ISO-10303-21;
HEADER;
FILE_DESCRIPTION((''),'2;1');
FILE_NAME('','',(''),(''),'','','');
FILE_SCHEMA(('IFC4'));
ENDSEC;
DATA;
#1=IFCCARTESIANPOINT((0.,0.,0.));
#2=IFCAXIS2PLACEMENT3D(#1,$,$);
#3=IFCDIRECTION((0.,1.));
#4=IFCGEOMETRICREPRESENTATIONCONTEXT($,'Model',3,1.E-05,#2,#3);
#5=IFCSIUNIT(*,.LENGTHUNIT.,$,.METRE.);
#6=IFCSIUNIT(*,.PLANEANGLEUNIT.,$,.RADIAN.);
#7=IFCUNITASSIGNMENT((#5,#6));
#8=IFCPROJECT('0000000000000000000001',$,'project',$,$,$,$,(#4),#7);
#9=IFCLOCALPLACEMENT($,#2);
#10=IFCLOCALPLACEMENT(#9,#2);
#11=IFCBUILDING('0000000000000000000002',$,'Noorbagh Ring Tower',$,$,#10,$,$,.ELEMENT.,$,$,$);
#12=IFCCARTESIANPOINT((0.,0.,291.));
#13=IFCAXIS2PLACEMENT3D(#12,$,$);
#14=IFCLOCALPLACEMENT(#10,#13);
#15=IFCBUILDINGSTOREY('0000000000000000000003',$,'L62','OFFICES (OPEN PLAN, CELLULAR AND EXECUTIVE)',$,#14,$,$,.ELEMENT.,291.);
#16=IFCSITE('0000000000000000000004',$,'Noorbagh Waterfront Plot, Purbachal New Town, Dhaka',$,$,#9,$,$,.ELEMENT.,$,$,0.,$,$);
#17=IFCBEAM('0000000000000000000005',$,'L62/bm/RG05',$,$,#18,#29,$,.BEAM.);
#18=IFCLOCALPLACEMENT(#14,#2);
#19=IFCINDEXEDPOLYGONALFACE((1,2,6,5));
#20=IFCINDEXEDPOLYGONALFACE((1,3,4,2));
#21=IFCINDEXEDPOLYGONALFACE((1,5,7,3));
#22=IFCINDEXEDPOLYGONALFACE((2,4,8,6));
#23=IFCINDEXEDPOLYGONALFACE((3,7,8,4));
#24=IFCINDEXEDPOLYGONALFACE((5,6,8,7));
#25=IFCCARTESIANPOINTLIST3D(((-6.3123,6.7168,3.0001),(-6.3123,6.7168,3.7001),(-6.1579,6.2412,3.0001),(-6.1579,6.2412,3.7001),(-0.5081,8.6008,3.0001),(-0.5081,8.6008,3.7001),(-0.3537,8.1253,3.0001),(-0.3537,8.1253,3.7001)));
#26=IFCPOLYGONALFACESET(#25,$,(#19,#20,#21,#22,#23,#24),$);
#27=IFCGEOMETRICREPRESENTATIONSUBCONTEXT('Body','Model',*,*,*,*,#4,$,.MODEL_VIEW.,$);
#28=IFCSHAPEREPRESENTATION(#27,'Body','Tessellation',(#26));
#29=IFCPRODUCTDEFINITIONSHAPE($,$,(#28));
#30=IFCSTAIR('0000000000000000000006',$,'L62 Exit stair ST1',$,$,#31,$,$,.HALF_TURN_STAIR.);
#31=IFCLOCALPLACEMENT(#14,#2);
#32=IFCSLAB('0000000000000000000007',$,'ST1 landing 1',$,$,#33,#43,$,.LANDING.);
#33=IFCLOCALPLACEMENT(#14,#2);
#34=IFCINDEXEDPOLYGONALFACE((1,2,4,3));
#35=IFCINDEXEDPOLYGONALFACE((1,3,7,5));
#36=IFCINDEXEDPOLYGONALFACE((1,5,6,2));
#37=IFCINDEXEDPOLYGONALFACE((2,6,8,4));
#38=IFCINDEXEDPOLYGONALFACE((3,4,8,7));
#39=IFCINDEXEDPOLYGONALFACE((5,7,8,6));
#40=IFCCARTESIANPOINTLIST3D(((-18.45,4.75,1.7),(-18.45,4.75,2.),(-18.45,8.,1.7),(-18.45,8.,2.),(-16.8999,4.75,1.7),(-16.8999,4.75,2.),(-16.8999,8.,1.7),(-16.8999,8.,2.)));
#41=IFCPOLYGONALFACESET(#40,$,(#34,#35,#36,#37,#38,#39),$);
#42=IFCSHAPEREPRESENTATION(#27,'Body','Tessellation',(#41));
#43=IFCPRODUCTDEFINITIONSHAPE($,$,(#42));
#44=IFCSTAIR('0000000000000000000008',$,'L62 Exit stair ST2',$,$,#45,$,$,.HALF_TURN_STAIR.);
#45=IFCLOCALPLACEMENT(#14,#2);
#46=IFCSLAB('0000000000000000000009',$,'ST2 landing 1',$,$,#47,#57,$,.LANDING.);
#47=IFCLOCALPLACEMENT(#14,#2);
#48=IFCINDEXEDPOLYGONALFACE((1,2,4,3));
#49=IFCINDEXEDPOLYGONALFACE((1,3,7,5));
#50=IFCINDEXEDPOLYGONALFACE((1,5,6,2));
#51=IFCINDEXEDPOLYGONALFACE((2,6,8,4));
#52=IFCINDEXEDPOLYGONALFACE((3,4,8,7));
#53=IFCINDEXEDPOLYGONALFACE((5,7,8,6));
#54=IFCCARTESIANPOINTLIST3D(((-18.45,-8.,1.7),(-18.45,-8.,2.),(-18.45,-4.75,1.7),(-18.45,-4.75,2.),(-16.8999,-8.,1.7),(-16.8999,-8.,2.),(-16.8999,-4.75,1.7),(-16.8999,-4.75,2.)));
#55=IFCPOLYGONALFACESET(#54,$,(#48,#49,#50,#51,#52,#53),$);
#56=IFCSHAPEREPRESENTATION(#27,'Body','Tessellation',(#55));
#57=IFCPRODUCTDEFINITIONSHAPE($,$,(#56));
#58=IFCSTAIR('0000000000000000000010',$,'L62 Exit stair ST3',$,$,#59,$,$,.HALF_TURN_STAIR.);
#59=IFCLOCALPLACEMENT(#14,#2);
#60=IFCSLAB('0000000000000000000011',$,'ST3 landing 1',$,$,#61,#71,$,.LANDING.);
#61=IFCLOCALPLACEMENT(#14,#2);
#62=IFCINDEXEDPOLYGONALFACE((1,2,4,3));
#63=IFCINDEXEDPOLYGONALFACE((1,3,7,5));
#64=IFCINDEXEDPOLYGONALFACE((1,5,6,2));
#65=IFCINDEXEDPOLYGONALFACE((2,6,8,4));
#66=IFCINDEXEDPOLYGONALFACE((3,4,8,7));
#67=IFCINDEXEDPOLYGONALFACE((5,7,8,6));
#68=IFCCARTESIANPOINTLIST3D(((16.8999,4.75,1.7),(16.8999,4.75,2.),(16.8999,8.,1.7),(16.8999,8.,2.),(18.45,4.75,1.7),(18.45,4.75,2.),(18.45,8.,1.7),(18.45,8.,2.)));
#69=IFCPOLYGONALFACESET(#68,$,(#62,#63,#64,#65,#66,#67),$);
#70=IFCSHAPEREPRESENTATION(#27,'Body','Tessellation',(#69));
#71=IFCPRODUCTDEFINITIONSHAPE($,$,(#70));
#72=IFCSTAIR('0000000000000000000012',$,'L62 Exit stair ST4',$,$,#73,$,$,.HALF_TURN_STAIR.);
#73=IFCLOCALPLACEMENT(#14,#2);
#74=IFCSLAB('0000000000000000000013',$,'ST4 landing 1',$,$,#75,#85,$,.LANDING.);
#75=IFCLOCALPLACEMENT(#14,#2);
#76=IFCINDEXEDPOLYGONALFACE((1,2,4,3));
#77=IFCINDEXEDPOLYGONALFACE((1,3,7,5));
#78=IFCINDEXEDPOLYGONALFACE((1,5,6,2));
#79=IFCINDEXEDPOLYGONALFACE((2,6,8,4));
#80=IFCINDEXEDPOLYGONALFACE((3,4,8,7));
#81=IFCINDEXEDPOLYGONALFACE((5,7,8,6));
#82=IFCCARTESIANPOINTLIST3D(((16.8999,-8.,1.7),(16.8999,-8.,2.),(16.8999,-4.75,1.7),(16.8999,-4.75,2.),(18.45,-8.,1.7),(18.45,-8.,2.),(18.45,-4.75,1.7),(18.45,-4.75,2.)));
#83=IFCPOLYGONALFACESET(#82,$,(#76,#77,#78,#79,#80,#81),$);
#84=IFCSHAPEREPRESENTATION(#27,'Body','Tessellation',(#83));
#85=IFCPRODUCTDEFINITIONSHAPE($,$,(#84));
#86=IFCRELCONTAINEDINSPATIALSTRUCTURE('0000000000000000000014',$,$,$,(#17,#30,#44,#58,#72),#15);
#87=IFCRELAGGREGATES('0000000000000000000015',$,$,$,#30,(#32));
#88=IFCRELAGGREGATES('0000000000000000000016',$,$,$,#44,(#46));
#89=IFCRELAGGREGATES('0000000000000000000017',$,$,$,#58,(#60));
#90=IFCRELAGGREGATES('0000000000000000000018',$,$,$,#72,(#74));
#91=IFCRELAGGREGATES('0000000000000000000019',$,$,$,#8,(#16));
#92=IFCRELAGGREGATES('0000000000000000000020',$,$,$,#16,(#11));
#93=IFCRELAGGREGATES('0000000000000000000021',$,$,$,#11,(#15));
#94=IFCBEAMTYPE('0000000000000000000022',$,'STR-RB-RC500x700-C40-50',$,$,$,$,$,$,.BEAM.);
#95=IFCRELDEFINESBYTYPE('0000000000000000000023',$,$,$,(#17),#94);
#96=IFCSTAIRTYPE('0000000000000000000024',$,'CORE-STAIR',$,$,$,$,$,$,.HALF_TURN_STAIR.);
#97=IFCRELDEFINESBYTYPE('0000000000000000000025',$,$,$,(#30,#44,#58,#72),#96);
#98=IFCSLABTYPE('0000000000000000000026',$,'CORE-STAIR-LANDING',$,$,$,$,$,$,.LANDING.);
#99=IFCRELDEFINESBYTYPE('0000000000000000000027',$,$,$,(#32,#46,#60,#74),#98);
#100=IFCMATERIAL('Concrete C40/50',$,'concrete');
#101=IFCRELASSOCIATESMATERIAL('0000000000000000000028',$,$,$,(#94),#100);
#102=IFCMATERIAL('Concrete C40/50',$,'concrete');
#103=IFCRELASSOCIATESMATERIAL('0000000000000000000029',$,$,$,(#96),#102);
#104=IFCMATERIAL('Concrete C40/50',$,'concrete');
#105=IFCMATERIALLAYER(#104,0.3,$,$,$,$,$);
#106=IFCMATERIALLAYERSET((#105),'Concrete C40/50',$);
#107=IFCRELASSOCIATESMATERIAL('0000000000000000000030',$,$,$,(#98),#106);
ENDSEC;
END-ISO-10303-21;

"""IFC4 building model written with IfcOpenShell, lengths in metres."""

from ifc_helpers import new_model, si_unit, direction, frame, origin, origin_2d, place, context, subcontext, project, spatial, polyline, rectangle, outline, extrude, material, layer, layer_set, material_profile, profile_set, type_object, element, aggregate, save


model = new_model("IFC4")

# Units and contexts
model_context = context("Model", 3, precision=1e-05, world=origin(), true_north=direction((0.0, 1.0)))
body_context = subcontext(model_context, "Body", "Model", "MODEL_VIEW")
ifc_project = project(units=[si_unit("LENGTHUNIT", "METRE"), si_unit("PLANEANGLEUNIT", "RADIAN")], contexts=[model_context])

# Site, building, storey
site_placement = place(None, origin())
site = spatial("IfcSite", under=ifc_project, at=site_placement, Name="Noorbagh Waterfront Plot, Purbachal New Town, Dhaka", CompositionType="ELEMENT", RefElevation=0.0)
building_placement = place(site_placement, origin())
building = spatial("IfcBuilding", under=site, at=building_placement, Name="Noorbagh Ring Tower", CompositionType="ELEMENT")
storey_placement = place(building_placement, frame((0.0, 0.0, 291.0)))
storey = spatial("IfcBuildingStorey", under=building, at=storey_placement, Name="L62", Description="OFFICES (OPEN PLAN, CELLULAR AND EXECUTIVE)", CompositionType="ELEMENT", Elevation=291.0)

# Beam
ifc_material_1 = material(Name="Concrete C40/50", Category="concrete")
ifc_material_profile_1 = material_profile(ifc_material_1, rectangle(XDim=0.5, YDim=0.7, at=origin_2d()), Name="RC500x700")
ifc_profile_set_1 = profile_set([ifc_material_profile_1], Name="Concrete C40/50")
beam_type = type_object("IfcBeamType", Name="STR-RB-RC500x700-C40-50", PredefinedType="BEAM", material=ifc_profile_set_1)
beam_placement = place(storey_placement, frame((-0.4309, 8.363, 3.3501), z_axis=(-0.951146, -0.30874, 0.0), x_axis=(0.30874, -0.951146, 0.0)))
element("IfcBeam", 1, at=beam_placement, inside=storey, type_object=beam_type, Name="L62/bm/RG05", PredefinedType="BEAM", context=body_context, shape_type="SweptSolid", body=[
    extrude(rectangle(XDim=0.5, YDim=0.7, at=origin_2d()), origin(), (0.0, 0.0, 1.0), 6.1023),
])

# Stairs, slabs
ifc_material_2 = material(Name="Concrete C40/50", Category="concrete")
stair_type = type_object("IfcStairType", Name="CORE-STAIR", PredefinedType="HALF_TURN_STAIR", material=ifc_material_2)
stair_1_placement = place(storey_placement, origin())
stair_1 = element("IfcStair", 2, at=stair_1_placement, inside=storey, type_object=stair_type, Name="L62 Exit stair ST1", PredefinedType="HALF_TURN_STAIR")
ifc_material_3 = material(Name="Concrete C40/50", Category="concrete")
ifc_layer_1 = layer(ifc_material_3, 0.3)
ifc_layer_set_1 = layer_set([ifc_layer_1], Name="Concrete C40/50")
slab_type_1 = type_object("IfcSlabType", Name="CORE-STAIR-LANDING", PredefinedType="LANDING", material=ifc_layer_set_1)
slab_1_placement = place(storey_placement, frame((0.0, 0.0, 1.7)))
slab_1 = element("IfcSlab", 3, at=slab_1_placement, type_object=slab_type_1, Name="ST1 landing 1", PredefinedType="LANDING", context=body_context, shape_type="SweptSolid", body=[
    extrude(outline(polyline([(-18.45, 4.75), (-16.8999, 4.75), (-16.8999, 8.0), (-18.45, 8.0), (-18.45, 4.75)])), origin(), (0.0, 0.0, 1.0), 0.3),
])
aggregate(stair_1, [slab_1])
stair_2_placement = place(storey_placement, origin())
stair_2 = element("IfcStair", 4, at=stair_2_placement, inside=storey, type_object=stair_type, Name="L62 Exit stair ST2", PredefinedType="HALF_TURN_STAIR")
slab_2_placement = place(storey_placement, frame((0.0, 0.0, 1.7)))
slab_2 = element("IfcSlab", 5, at=slab_2_placement, type_object=slab_type_1, Name="ST2 landing 1", PredefinedType="LANDING", context=body_context, shape_type="SweptSolid", body=[
    extrude(outline(polyline([(-18.45, -8.0), (-16.8999, -8.0), (-16.8999, -4.75), (-18.45, -4.75), (-18.45, -8.0)])), origin(), (0.0, 0.0, 1.0), 0.3),
])
aggregate(stair_2, [slab_2])
stair_3_placement = place(storey_placement, origin())
stair_3 = element("IfcStair", 6, at=stair_3_placement, inside=storey, type_object=stair_type, Name="L62 Exit stair ST3", PredefinedType="HALF_TURN_STAIR")
slab_3_placement = place(storey_placement, frame((0.0, 0.0, 1.7)))
slab_3 = element("IfcSlab", 7, at=slab_3_placement, type_object=slab_type_1, Name="ST3 landing 1", PredefinedType="LANDING", context=body_context, shape_type="SweptSolid", body=[
    extrude(outline(polyline([(18.45, 8.0), (16.8999, 8.0), (16.8999, 4.75), (18.45, 4.75), (18.45, 8.0)])), origin(), (0.0, 0.0, 1.0), 0.3),
])
aggregate(stair_3, [slab_3])
stair_4_placement = place(storey_placement, origin())
stair_4 = element("IfcStair", 8, at=stair_4_placement, inside=storey, type_object=stair_type, Name="L62 Exit stair ST4", PredefinedType="HALF_TURN_STAIR")
slab_4_placement = place(storey_placement, frame((0.0, 0.0, 1.7)))
slab_4 = element("IfcSlab", 9, at=slab_4_placement, type_object=slab_type_1, Name="ST4 landing 1", PredefinedType="LANDING", context=body_context, shape_type="SweptSolid", body=[
    extrude(outline(polyline([(18.45, -4.75), (16.8999, -4.75), (16.8999, -8.0), (18.45, -8.0), (18.45, -4.75)])), origin(), (0.0, 0.0, 1.0), 0.3),
])
aggregate(stair_4, [slab_4])

save(model, "model.ifc")
